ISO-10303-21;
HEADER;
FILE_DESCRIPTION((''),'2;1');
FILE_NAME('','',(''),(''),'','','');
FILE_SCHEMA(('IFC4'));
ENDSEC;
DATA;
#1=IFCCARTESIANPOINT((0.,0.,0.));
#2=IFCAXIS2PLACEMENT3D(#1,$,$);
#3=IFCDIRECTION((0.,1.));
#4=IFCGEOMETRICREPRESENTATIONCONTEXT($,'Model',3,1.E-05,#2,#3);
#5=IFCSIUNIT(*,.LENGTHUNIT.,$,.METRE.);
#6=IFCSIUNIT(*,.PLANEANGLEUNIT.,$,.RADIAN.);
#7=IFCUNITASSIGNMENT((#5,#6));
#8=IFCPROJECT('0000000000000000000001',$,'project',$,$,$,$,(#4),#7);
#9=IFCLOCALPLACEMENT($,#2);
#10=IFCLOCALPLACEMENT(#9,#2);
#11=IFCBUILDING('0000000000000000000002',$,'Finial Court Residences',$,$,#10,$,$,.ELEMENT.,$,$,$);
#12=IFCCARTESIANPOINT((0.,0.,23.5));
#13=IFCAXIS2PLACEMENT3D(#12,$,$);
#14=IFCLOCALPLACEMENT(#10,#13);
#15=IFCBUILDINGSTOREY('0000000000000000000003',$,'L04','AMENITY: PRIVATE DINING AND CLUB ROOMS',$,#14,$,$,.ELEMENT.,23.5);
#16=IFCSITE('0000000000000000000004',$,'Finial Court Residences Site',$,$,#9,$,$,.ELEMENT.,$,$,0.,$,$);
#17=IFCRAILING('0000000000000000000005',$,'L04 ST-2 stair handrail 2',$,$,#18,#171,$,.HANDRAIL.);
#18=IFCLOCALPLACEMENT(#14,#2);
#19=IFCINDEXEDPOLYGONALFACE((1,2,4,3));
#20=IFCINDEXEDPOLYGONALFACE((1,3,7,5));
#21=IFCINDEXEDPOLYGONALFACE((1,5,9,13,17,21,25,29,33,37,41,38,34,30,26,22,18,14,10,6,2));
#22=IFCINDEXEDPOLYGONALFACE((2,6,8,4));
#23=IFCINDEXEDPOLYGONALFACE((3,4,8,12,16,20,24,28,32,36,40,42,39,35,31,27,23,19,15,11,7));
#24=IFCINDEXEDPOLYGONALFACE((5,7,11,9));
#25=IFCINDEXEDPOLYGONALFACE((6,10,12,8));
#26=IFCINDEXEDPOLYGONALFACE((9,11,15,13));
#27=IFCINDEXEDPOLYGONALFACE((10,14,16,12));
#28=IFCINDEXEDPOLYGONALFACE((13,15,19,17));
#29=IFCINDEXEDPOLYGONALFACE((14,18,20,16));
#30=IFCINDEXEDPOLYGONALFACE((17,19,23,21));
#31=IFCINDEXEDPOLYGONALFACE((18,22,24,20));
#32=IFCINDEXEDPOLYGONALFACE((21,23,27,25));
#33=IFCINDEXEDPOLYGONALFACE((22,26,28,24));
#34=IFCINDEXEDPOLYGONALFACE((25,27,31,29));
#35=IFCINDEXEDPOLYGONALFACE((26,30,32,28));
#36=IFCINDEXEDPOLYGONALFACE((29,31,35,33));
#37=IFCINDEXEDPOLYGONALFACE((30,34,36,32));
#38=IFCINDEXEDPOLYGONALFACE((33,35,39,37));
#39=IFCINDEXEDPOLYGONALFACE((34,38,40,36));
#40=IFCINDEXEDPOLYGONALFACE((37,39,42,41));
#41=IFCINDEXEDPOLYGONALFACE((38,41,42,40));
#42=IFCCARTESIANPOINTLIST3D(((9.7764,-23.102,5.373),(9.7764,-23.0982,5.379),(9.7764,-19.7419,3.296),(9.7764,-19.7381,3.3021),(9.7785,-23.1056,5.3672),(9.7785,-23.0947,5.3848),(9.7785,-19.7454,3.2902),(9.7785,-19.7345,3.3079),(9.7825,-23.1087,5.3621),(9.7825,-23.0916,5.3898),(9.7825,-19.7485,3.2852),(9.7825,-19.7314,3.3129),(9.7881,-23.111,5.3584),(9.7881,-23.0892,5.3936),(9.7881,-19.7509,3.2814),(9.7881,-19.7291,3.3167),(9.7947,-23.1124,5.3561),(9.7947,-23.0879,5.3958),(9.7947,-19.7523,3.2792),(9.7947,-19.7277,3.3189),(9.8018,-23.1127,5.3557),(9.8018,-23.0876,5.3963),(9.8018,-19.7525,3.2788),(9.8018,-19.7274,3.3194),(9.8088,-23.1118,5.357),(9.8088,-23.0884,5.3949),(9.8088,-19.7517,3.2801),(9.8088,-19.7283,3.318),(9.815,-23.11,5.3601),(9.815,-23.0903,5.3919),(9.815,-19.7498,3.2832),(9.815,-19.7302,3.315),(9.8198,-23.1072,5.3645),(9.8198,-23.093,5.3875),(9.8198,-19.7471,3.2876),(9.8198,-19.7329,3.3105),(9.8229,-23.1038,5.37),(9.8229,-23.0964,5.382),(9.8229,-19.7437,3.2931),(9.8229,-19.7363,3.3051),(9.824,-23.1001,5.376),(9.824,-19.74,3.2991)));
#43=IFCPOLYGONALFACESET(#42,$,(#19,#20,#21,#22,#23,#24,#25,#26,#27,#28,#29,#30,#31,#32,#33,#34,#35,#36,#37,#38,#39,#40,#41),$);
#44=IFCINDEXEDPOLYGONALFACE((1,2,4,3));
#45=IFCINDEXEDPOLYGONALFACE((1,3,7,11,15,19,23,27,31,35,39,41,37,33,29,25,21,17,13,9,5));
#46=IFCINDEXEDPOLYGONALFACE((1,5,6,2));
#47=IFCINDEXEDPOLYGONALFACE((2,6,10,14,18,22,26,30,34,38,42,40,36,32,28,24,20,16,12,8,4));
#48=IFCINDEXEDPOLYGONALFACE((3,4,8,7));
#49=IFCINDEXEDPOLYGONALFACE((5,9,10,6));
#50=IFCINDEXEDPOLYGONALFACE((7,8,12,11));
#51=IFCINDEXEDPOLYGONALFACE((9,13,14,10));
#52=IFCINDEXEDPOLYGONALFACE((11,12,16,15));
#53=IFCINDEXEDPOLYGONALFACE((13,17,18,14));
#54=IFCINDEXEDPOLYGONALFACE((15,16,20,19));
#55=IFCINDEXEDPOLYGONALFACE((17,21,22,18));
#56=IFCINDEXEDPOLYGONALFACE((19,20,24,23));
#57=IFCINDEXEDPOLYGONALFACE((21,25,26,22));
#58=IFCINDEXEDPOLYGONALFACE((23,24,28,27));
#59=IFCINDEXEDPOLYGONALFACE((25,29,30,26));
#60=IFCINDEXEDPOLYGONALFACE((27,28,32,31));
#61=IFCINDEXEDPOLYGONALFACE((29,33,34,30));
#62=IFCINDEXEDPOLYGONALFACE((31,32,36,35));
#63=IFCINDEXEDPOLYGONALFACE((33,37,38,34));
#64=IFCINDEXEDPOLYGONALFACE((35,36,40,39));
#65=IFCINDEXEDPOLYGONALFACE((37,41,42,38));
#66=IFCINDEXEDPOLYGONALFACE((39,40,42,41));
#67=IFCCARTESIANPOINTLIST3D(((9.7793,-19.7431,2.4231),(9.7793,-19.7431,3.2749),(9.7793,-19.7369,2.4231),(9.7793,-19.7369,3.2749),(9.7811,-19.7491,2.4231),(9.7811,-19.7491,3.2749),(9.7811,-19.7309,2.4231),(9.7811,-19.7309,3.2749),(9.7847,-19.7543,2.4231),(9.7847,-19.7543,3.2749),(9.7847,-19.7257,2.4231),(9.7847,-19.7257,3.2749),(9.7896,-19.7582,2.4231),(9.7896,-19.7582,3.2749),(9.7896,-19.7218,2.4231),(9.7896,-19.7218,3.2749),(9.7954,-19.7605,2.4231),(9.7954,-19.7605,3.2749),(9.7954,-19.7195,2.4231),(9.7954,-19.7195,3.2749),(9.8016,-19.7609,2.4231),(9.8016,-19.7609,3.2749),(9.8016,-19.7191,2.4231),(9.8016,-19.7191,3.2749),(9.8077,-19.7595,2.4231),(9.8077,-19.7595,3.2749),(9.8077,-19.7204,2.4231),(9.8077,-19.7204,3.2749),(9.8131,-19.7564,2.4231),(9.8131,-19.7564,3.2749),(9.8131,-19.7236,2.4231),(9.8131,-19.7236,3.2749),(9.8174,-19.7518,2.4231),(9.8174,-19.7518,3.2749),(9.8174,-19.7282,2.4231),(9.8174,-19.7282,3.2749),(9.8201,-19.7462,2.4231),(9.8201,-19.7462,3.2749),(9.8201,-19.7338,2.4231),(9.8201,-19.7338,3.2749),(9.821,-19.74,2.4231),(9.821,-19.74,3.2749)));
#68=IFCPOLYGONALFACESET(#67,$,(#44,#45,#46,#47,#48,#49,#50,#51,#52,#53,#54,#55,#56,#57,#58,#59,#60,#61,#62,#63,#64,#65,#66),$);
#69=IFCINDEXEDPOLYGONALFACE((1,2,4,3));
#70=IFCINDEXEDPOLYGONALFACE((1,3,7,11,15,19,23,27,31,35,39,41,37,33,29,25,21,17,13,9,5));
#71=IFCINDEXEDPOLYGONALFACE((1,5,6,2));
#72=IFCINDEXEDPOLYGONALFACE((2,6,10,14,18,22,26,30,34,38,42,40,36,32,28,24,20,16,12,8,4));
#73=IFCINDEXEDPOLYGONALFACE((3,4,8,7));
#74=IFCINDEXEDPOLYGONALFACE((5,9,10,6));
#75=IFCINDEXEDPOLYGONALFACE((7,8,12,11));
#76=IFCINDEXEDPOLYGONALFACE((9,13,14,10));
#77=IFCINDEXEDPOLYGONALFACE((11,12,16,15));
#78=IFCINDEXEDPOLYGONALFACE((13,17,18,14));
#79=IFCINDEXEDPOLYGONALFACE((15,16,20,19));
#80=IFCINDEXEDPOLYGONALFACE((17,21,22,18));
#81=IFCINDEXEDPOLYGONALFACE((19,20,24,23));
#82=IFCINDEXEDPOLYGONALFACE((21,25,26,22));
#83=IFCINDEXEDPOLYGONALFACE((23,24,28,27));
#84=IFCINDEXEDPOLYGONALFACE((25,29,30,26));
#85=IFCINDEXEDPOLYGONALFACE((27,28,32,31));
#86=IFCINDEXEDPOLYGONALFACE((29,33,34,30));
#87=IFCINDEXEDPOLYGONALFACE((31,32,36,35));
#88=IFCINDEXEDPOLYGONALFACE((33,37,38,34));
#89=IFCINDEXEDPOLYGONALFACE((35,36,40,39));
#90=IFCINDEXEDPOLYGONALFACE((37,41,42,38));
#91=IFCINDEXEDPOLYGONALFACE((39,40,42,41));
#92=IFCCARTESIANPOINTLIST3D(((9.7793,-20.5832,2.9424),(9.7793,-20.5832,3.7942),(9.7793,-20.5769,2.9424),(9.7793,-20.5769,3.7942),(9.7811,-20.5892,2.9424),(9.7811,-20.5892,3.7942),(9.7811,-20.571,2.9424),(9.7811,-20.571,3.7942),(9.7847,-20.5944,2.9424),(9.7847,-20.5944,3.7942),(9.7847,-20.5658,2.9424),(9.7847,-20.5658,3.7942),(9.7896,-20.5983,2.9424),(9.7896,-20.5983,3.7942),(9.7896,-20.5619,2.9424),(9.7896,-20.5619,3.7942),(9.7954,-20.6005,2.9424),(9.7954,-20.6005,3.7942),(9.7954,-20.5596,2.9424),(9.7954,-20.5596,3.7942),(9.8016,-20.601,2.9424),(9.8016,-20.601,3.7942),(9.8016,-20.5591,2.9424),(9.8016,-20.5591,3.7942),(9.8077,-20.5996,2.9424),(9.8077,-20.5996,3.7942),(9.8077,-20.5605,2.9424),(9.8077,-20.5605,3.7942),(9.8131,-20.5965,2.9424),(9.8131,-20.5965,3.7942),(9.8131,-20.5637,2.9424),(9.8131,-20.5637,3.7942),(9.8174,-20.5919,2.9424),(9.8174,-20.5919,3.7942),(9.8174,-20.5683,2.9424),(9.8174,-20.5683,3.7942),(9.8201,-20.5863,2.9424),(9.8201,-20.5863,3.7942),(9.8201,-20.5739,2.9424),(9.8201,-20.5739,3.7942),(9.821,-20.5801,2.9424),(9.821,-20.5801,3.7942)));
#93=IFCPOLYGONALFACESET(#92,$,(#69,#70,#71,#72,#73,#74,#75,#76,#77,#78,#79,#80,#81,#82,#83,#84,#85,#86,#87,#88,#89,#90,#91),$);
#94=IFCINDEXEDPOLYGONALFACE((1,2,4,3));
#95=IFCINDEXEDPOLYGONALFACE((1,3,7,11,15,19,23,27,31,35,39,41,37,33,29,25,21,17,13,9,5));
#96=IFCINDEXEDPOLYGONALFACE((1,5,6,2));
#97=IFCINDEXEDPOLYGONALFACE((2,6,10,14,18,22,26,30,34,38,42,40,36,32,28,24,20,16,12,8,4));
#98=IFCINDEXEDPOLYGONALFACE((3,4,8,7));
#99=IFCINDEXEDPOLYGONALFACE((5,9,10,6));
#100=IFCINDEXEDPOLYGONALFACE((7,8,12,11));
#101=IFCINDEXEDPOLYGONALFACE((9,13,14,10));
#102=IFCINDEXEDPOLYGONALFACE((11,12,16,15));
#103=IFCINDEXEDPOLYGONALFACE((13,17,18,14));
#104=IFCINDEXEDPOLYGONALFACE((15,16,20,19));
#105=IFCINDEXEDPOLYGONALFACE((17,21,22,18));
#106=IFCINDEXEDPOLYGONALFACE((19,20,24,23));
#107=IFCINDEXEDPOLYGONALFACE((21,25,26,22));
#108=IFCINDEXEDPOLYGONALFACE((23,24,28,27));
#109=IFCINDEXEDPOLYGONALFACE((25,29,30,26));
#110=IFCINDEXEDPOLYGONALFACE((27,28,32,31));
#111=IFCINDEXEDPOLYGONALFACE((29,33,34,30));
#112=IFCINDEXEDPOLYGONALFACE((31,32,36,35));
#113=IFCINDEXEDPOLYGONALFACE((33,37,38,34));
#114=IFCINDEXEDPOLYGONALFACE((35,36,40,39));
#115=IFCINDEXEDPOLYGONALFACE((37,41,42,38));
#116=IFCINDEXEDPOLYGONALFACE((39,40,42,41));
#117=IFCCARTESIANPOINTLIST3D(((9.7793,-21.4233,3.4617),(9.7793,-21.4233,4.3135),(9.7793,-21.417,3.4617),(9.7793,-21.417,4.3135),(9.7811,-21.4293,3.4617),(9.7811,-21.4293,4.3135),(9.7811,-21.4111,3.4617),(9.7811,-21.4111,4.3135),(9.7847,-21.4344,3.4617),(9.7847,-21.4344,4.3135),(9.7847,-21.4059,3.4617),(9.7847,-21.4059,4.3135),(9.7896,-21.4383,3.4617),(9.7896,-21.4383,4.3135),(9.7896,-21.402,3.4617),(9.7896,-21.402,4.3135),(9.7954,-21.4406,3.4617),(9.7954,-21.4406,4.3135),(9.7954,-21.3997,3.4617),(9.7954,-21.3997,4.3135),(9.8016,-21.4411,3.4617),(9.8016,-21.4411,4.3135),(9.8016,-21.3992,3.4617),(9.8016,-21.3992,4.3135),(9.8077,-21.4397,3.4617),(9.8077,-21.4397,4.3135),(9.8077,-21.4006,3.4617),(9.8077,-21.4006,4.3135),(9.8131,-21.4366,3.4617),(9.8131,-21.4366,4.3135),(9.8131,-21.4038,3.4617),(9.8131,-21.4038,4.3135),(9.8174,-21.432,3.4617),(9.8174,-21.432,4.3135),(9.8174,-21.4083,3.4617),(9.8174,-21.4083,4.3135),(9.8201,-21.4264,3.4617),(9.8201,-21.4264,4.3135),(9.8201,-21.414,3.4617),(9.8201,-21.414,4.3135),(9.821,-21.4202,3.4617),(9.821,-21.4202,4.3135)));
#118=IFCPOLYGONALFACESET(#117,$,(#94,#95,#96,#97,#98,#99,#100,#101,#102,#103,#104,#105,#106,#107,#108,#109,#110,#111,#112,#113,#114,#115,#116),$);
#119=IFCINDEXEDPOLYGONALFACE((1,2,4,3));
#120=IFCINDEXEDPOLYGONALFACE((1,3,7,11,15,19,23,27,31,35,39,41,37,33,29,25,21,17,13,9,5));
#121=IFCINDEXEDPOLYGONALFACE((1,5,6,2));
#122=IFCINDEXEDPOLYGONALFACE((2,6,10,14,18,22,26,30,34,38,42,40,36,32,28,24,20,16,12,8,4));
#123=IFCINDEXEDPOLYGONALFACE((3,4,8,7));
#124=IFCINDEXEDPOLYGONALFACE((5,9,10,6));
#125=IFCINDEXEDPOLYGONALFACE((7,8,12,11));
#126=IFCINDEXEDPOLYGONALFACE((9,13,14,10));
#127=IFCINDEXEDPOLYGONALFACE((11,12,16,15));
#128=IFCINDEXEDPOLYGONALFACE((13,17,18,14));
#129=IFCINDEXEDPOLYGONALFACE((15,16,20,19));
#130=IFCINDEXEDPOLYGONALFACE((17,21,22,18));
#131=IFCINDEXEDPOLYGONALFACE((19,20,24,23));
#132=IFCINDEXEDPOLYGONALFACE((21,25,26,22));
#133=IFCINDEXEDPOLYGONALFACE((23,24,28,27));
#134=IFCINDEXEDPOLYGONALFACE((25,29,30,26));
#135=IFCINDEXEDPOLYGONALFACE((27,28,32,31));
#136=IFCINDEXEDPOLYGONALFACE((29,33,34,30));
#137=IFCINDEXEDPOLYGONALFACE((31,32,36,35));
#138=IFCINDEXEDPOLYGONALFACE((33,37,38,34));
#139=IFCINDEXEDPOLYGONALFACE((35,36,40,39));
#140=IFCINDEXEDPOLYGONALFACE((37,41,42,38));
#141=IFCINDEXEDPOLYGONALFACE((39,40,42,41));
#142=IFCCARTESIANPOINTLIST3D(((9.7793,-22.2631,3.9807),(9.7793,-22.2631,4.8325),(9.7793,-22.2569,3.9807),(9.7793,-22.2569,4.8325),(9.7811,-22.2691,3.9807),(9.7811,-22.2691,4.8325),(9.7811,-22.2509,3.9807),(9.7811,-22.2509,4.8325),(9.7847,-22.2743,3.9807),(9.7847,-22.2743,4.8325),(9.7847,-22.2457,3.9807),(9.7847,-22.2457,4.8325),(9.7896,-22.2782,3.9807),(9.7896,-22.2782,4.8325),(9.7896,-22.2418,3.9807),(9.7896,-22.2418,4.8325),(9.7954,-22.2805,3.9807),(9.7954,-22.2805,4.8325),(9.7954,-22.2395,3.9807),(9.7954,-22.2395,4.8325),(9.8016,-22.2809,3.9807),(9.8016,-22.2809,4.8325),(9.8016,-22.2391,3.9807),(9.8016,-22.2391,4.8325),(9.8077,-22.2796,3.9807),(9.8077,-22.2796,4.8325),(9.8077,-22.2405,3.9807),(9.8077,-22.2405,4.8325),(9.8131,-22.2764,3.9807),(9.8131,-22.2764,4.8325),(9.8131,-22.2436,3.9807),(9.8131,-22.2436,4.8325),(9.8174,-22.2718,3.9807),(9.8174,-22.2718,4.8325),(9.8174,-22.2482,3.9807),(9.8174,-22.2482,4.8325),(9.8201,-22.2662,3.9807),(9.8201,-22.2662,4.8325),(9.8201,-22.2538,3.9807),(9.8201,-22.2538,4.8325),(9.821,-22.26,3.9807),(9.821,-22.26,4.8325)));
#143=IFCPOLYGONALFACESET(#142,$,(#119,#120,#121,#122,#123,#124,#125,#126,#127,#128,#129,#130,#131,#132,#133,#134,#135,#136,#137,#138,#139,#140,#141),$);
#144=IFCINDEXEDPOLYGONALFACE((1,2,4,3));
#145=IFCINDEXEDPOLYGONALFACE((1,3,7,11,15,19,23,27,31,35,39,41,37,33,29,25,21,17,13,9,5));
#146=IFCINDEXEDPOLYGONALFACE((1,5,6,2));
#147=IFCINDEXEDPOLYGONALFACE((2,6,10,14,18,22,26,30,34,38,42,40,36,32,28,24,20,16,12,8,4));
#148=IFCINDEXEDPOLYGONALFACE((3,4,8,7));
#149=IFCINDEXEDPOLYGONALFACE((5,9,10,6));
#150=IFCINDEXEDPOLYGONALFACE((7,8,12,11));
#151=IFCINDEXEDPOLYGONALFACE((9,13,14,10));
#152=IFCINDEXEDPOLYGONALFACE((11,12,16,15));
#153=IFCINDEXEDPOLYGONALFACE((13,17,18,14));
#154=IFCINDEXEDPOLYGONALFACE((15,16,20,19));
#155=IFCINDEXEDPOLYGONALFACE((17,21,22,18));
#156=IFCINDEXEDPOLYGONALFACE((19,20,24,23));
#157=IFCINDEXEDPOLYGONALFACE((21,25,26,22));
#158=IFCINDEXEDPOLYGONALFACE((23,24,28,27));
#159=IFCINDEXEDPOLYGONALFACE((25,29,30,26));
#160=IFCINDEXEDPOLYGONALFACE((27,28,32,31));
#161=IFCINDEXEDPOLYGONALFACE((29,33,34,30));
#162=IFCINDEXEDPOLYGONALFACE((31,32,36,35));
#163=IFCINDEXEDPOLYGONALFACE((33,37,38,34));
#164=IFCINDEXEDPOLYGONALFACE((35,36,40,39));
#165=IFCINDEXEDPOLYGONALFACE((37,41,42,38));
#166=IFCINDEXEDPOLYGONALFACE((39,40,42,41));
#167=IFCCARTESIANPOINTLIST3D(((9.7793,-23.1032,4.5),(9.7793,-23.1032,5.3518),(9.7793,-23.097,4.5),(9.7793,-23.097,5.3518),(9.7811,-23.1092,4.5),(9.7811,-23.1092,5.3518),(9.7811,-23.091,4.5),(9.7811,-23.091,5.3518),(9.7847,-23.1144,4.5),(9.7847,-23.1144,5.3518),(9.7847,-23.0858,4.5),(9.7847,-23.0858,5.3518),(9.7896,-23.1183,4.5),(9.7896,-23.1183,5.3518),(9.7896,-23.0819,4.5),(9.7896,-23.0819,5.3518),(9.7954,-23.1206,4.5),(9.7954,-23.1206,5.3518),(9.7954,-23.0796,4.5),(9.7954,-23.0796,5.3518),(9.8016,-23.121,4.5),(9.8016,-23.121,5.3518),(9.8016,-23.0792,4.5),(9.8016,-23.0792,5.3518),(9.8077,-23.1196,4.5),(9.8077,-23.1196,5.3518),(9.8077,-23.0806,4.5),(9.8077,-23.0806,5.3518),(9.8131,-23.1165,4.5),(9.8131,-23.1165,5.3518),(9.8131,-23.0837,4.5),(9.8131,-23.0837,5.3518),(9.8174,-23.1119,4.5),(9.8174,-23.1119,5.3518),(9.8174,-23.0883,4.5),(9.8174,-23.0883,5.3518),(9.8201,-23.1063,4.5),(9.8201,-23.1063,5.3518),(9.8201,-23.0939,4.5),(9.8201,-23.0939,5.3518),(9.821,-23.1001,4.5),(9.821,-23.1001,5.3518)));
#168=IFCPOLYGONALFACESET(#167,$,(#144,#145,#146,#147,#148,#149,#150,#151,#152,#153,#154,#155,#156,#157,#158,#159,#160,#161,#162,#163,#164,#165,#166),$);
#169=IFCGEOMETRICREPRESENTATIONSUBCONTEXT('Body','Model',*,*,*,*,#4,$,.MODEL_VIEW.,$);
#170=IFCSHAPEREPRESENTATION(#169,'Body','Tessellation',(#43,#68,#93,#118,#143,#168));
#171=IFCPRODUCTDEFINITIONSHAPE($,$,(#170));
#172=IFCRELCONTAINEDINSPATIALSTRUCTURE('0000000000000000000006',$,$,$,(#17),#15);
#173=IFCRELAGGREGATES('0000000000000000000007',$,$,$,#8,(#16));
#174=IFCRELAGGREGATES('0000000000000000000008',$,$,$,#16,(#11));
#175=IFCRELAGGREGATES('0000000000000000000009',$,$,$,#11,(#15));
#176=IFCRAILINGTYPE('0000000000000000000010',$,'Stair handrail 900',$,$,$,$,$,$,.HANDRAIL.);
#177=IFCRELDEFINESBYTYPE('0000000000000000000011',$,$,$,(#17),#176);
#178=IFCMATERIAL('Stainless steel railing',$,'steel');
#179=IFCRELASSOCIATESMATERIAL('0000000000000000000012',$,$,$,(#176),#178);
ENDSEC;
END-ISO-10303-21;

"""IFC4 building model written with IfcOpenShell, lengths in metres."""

from ifc_helpers import new_model, si_unit, direction, frame, origin, origin_2d, place, context, subcontext, project, spatial, circle, extrude, material, type_object, element, save


model = new_model("IFC4")

# Units and contexts
model_context = context("Model", 3, precision=1e-05, world=origin(), true_north=direction((0.0, 1.0)))
body_context = subcontext(model_context, "Body", "Model", "MODEL_VIEW")
ifc_project = project(units=[si_unit("LENGTHUNIT", "METRE"), si_unit("PLANEANGLEUNIT", "RADIAN")], contexts=[model_context])

# Site, building, storey
site_placement = place(None, origin())
site = spatial("IfcSite", under=ifc_project, at=site_placement, Name="Finial Court Residences Site", CompositionType="ELEMENT", RefElevation=0.0)
building_placement = place(site_placement, origin())
building = spatial("IfcBuilding", under=site, at=building_placement, Name="Finial Court Residences", CompositionType="ELEMENT")
storey_placement = place(building_placement, frame((0.0, 0.0, 23.5)))
storey = spatial("IfcBuildingStorey", under=building, at=storey_placement, Name="L04", Description="AMENITY: PRIVATE DINING AND CLUB ROOMS", CompositionType="ELEMENT", Elevation=23.5)

# Railing
ifc_material_1 = material(Name="Stainless steel railing", Category="steel")
railing_type = type_object("IfcRailingType", Name="Stair handrail 900", PredefinedType="HANDRAIL", material=ifc_material_1)
railing_placement = place(storey_placement, frame((9.8, -19.74, 2.4231)))
element("IfcRailing", 1, at=railing_placement, inside=storey, type_object=railing_type, Name="L04 ST-2 stair handrail 2", PredefinedType="HANDRAIL", context=body_context, shape_type="SweptSolid", body=[
    extrude(circle(Radius=0.0239, at=origin_2d()), frame((0.0, 0.0, 0.876), z_axis=(0.0, -0.850623, 0.525776), x_axis=(1.0, 0.0, 0.0)), (0.0, 0.0, 1.0), 3.9502),
    extrude(circle(Radius=0.021, at=origin_2d()), origin(), (0.0, 0.0, 1.0), 0.8518),
    extrude(circle(Radius=0.021, at=origin_2d()), frame((0.0, -0.8401, 0.5193)), (0.0, 0.0, 1.0), 0.8518),
    extrude(circle(Radius=0.021, at=origin_2d()), frame((0.0, -1.6802, 1.0386)), (0.0, 0.0, 1.0), 0.8518),
    extrude(circle(Radius=0.021, at=origin_2d()), frame((0.0, -2.52, 1.5576)), (0.0, 0.0, 1.0), 0.8518),
    extrude(circle(Radius=0.021, at=origin_2d()), frame((0.0, -3.3601, 2.0769)), (0.0, 0.0, 1.0), 0.8518),
])

save(model, "model.ifc")
